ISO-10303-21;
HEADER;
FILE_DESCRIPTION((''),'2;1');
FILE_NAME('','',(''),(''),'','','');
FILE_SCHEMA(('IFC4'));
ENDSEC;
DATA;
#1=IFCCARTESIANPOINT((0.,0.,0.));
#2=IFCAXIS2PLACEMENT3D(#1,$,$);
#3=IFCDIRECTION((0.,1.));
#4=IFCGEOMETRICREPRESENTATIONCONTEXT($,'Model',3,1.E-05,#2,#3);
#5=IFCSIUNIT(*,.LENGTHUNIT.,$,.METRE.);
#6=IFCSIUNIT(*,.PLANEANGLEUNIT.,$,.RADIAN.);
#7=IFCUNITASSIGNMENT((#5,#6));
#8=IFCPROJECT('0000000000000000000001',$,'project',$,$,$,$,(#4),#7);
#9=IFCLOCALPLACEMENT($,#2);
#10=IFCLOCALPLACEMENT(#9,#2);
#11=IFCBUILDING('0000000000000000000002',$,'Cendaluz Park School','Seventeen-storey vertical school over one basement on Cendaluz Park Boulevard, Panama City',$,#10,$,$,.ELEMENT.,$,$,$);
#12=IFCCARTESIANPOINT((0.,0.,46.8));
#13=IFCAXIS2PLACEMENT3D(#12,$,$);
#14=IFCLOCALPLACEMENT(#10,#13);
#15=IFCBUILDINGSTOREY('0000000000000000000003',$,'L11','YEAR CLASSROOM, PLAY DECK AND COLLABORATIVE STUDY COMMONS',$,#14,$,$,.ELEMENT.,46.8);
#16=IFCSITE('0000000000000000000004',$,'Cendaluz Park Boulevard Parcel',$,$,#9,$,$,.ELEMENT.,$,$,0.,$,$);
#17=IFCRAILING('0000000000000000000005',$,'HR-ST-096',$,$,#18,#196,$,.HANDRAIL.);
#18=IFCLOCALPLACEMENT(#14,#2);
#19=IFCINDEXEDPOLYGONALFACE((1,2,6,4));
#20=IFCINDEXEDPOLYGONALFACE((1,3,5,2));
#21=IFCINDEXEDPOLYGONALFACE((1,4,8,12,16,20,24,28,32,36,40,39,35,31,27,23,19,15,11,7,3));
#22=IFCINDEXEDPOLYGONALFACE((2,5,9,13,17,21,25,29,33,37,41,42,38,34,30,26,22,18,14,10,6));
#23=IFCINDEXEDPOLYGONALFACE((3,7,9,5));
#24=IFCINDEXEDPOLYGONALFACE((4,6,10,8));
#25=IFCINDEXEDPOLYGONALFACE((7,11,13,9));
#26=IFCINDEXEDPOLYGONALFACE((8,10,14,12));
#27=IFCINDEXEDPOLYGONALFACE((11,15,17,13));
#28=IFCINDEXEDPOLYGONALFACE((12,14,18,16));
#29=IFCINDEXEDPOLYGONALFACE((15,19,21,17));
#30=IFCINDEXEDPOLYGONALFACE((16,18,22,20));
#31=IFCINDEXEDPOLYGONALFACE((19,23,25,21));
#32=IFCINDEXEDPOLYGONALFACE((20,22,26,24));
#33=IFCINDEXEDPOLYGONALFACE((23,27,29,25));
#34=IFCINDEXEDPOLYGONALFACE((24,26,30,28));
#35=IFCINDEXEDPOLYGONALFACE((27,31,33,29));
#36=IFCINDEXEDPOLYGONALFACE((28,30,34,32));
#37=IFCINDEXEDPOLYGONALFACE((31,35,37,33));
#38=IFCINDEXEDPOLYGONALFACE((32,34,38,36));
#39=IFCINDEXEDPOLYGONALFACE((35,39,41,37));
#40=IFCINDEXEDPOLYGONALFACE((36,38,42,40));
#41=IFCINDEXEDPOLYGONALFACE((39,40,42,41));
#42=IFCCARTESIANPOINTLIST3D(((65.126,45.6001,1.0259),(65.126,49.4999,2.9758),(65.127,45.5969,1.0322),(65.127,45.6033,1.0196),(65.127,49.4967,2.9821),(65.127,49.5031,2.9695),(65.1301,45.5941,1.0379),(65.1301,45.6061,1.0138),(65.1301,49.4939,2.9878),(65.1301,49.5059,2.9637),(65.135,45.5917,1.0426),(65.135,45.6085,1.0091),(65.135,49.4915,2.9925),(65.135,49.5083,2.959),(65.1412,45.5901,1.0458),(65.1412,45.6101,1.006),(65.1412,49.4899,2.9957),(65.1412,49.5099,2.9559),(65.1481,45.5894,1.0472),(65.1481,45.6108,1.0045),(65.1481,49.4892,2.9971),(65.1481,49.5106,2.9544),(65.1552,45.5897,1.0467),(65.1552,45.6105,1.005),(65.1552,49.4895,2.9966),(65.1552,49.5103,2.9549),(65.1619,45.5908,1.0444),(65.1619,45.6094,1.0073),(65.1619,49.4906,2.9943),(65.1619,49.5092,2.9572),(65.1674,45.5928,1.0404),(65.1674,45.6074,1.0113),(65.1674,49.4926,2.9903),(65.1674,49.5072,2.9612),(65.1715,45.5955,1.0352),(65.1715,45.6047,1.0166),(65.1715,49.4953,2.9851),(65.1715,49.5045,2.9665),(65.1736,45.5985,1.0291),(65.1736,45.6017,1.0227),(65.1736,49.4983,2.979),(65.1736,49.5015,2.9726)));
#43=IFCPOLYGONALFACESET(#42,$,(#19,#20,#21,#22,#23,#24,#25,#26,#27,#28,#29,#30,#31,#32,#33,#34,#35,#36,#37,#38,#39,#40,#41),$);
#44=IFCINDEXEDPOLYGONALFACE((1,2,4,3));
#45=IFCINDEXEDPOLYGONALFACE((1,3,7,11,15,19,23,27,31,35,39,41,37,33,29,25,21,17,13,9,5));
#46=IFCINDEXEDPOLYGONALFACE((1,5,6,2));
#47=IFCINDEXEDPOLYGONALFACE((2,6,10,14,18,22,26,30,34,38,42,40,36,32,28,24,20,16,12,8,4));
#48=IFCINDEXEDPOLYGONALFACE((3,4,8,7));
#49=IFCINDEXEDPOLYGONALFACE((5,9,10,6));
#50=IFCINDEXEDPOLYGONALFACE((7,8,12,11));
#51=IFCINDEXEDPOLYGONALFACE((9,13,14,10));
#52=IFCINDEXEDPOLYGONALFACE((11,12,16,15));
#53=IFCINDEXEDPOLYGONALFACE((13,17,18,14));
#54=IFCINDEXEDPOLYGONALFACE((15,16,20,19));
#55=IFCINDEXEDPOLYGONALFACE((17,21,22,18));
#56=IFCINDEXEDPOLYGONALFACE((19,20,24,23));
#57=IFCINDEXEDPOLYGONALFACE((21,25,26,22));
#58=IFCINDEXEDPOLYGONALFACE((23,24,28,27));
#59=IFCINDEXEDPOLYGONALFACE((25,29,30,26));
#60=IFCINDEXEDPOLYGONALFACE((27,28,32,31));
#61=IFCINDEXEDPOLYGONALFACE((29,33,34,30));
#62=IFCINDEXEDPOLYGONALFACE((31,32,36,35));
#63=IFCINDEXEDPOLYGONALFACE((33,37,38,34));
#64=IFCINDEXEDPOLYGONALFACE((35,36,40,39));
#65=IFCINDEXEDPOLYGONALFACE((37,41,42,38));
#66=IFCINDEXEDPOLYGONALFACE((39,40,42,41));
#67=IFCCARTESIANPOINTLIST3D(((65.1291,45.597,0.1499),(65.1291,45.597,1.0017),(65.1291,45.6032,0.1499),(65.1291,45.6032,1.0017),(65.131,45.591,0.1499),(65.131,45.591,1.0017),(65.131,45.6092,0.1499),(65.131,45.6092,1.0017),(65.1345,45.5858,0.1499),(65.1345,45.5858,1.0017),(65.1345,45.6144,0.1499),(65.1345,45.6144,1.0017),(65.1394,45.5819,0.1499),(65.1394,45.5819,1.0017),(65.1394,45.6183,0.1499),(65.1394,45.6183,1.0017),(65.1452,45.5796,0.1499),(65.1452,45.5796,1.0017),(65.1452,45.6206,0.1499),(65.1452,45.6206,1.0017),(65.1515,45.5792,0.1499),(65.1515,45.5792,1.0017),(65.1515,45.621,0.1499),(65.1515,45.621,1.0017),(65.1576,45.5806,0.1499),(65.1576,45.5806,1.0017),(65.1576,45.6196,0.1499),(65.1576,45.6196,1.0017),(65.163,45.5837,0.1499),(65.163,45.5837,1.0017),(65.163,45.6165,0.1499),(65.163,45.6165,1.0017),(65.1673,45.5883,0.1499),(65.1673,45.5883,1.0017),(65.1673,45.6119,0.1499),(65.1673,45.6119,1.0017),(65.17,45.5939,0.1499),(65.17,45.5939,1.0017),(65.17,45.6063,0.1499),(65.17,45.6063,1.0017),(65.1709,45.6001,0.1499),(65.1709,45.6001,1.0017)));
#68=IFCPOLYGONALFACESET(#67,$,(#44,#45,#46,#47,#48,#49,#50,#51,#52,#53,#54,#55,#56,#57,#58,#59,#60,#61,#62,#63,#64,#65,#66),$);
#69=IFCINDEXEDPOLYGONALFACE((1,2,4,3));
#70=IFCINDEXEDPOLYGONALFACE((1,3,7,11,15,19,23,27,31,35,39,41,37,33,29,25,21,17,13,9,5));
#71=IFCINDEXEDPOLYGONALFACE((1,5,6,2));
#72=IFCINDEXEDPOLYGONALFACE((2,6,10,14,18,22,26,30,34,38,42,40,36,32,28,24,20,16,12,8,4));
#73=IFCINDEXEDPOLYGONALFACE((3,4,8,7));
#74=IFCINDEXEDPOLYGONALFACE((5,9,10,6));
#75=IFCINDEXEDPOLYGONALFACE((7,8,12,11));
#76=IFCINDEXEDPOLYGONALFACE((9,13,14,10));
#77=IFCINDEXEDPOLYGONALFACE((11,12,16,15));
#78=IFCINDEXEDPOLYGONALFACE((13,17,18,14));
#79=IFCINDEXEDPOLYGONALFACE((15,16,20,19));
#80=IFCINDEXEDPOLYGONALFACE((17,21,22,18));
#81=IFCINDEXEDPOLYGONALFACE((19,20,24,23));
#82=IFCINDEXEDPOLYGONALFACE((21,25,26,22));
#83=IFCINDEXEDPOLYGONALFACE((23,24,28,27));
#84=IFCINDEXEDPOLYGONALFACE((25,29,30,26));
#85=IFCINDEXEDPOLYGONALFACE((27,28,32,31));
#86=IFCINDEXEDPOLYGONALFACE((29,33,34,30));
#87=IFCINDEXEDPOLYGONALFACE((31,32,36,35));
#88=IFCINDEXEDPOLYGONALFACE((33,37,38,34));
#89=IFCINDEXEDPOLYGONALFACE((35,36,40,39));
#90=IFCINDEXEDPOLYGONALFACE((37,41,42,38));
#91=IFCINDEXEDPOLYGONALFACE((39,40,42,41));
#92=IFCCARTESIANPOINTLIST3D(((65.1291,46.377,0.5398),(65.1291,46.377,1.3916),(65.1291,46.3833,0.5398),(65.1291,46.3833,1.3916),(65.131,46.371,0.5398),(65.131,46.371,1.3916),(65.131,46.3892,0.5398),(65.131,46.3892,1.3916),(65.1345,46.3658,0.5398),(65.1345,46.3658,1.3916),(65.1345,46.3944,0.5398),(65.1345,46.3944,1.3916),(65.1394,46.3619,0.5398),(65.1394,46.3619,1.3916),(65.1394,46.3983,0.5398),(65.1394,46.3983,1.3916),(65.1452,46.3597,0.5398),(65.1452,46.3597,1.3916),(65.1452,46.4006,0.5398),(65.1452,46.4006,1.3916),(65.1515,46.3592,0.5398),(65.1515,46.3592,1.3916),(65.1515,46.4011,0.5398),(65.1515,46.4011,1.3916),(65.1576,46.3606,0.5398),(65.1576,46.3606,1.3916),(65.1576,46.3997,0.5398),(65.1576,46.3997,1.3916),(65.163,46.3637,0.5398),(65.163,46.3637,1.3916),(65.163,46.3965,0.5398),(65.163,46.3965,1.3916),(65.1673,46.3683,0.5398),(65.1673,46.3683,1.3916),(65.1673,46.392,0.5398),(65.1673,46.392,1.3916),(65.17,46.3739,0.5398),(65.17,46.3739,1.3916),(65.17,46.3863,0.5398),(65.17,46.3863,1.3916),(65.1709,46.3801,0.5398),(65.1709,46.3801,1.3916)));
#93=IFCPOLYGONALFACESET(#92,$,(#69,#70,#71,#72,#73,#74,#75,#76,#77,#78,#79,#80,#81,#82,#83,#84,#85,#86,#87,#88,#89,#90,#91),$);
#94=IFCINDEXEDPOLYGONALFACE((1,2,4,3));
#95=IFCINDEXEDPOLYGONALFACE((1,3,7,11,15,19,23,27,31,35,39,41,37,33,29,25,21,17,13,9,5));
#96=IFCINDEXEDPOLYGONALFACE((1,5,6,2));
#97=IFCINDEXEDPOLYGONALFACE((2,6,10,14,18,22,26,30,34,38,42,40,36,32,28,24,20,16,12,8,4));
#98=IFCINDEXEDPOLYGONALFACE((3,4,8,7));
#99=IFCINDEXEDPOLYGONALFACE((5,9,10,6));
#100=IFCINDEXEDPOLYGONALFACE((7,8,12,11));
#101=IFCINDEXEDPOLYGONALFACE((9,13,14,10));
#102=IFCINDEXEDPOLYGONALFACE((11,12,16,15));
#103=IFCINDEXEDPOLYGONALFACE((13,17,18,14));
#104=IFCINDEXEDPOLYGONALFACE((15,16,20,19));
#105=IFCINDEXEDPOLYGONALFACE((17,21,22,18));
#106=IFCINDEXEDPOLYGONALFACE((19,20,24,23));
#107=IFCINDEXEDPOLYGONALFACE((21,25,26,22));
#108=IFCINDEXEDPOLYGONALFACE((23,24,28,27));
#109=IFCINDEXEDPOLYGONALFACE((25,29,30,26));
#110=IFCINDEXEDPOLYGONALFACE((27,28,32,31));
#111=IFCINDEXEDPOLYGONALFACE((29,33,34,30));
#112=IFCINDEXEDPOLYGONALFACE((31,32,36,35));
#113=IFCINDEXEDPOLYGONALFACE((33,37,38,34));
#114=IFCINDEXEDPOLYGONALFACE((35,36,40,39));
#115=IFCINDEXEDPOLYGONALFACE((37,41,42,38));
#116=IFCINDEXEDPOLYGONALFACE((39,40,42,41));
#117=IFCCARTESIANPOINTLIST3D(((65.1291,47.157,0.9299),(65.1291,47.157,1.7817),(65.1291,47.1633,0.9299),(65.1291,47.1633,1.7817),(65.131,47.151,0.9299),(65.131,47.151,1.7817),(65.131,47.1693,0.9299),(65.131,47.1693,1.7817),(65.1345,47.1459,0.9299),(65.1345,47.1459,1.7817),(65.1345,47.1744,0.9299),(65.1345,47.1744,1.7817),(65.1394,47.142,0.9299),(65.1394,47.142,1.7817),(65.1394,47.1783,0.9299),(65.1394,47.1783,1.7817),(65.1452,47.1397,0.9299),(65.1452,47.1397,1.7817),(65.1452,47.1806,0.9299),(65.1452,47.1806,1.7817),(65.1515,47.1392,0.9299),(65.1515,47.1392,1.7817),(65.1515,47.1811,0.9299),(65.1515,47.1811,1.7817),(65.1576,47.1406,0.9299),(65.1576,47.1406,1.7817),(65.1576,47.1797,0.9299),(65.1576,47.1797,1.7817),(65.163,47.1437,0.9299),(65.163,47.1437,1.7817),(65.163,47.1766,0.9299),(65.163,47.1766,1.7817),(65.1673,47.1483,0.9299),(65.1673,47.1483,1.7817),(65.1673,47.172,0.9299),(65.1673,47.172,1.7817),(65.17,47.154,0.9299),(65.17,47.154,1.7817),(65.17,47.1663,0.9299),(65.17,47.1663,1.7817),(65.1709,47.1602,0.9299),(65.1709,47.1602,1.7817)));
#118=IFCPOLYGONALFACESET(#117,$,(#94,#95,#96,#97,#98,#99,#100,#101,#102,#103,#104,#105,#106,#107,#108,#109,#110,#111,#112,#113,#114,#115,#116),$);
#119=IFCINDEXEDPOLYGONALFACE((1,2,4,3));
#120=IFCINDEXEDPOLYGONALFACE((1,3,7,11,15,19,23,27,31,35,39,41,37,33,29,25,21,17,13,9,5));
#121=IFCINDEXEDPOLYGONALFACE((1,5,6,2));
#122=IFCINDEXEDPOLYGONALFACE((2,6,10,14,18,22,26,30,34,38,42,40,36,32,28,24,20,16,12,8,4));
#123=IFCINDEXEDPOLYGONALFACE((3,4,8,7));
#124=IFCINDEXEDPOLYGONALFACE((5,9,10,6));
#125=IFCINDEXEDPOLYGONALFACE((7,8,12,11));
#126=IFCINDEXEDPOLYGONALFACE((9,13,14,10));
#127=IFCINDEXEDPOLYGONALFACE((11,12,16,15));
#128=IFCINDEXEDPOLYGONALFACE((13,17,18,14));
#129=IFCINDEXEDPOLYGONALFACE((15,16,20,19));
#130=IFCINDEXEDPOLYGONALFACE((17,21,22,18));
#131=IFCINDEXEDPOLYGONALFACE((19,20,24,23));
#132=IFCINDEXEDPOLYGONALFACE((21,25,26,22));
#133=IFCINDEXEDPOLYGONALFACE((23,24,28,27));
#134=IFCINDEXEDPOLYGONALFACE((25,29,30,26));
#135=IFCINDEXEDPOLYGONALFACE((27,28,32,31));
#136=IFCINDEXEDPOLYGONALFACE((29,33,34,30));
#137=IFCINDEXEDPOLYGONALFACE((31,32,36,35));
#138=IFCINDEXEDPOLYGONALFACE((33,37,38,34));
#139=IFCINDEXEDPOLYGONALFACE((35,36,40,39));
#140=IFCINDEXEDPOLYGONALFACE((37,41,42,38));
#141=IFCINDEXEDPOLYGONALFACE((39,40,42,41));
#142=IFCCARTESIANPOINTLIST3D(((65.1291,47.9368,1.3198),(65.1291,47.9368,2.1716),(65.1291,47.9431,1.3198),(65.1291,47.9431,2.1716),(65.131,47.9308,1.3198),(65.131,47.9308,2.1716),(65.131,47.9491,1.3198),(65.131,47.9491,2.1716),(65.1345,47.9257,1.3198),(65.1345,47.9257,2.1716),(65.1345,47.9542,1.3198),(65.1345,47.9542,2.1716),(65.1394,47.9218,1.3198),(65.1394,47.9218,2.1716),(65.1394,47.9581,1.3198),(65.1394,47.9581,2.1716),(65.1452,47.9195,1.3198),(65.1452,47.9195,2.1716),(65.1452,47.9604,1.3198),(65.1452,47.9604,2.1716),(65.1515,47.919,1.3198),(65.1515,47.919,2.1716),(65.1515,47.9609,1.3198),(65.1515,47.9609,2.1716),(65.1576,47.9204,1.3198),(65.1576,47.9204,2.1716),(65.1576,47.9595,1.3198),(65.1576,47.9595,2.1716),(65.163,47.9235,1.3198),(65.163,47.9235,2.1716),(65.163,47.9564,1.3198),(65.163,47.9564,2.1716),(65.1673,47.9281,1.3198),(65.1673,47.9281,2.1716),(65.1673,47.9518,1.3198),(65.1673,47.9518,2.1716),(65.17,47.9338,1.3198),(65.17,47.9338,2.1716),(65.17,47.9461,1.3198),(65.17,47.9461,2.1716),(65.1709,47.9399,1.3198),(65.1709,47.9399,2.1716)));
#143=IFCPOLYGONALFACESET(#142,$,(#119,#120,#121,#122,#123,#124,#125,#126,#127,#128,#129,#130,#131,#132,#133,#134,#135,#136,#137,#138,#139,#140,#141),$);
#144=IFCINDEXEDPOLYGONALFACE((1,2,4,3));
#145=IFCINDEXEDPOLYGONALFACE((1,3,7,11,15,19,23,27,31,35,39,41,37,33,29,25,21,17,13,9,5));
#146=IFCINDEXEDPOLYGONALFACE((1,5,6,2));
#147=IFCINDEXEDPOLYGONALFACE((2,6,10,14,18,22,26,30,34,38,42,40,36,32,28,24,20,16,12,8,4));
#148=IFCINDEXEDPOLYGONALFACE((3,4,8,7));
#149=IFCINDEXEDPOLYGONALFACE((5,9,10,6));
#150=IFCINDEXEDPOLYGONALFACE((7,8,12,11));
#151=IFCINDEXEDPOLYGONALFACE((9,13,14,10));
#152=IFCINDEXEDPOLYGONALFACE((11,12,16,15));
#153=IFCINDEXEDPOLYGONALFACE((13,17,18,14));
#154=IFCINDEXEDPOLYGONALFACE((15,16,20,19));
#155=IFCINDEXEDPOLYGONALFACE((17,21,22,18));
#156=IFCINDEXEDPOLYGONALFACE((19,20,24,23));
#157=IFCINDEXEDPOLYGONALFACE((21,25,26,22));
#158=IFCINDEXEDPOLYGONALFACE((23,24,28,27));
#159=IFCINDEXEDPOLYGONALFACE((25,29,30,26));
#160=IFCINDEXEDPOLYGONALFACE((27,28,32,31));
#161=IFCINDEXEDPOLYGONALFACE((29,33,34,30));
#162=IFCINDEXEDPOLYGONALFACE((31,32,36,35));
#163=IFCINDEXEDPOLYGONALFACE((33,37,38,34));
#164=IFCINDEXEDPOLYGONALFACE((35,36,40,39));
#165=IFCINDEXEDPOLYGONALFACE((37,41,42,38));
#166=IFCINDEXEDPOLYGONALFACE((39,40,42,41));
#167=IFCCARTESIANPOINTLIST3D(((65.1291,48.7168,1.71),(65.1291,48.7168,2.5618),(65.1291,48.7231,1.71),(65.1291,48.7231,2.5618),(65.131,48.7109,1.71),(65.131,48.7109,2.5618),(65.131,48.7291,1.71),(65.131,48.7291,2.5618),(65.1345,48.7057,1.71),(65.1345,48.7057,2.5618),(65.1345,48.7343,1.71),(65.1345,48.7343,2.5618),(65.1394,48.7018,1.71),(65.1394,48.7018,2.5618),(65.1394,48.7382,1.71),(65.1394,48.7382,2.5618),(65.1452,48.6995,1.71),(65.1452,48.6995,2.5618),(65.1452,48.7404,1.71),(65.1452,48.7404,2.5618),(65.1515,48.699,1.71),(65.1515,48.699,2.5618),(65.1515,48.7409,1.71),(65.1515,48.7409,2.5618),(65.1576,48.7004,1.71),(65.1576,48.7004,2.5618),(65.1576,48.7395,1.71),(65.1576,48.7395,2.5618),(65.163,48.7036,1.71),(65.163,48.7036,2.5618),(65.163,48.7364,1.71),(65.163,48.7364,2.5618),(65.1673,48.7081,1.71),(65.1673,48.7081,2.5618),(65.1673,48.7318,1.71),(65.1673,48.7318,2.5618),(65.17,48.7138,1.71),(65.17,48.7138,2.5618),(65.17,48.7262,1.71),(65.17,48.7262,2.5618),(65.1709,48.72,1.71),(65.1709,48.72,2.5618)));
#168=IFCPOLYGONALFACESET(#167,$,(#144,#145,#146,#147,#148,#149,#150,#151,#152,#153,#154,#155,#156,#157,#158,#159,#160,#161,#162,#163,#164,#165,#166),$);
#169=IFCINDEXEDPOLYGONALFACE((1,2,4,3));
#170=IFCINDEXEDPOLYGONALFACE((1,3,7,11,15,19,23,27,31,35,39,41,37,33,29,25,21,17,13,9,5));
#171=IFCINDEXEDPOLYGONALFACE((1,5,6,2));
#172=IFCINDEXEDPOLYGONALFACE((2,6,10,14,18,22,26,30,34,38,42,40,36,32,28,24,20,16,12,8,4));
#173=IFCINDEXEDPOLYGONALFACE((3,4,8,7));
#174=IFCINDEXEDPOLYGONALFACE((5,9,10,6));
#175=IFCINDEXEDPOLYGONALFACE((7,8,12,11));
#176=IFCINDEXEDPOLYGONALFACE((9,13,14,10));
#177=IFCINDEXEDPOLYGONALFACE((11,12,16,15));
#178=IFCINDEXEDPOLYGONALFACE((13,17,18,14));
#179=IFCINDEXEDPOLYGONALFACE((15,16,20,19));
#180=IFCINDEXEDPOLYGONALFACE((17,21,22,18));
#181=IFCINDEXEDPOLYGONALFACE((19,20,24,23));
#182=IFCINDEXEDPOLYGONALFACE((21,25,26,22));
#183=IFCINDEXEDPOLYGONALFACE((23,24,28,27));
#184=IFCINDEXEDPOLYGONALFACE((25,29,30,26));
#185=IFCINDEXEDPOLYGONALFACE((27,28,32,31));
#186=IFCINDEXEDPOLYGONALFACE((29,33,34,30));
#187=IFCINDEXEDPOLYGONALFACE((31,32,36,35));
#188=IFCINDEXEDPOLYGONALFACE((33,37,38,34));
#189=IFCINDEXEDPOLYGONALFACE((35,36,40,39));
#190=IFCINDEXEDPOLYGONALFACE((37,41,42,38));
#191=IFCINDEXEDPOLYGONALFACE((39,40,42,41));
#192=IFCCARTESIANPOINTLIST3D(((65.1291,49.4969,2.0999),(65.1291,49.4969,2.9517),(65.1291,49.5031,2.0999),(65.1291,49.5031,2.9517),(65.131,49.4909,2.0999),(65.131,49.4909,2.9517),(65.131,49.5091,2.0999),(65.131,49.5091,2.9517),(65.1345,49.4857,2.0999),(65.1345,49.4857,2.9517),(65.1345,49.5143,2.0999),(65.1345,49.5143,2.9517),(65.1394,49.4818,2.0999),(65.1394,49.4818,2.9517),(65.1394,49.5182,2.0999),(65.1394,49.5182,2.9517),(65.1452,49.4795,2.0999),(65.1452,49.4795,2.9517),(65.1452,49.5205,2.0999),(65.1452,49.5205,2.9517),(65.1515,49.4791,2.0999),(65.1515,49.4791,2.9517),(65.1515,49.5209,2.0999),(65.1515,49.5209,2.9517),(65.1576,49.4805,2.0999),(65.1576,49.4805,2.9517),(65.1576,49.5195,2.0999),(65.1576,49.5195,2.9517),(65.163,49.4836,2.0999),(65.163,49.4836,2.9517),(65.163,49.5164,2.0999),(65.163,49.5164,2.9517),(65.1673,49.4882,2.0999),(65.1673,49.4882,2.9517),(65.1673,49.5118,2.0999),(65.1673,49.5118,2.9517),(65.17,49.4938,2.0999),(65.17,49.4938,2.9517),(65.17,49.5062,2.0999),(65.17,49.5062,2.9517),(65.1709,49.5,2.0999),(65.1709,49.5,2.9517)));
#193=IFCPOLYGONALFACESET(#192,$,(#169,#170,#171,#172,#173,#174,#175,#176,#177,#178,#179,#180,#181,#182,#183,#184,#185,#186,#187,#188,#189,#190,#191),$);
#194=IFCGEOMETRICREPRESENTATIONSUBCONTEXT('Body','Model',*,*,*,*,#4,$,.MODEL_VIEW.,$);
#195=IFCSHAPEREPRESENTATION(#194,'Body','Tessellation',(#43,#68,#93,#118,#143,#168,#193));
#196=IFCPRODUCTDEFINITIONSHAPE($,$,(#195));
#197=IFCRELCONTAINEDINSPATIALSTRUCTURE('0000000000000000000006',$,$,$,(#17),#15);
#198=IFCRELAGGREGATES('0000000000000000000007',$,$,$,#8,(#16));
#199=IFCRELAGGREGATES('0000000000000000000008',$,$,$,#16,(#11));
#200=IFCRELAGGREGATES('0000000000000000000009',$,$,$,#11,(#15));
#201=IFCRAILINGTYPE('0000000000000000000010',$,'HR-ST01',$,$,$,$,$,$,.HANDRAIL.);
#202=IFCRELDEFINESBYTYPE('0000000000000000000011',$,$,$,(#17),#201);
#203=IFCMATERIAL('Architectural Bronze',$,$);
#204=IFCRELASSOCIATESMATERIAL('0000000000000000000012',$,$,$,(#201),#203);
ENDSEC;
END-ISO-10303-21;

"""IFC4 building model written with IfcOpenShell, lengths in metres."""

from ifc_helpers import new_model, si_unit, direction, frame, origin, origin_2d, place, context, subcontext, project, spatial, circle, extrude, material, type_object, element, save


model = new_model("IFC4")

# Units and contexts
model_context = context("Model", 3, precision=1e-05, world=origin(), true_north=direction((0.0, 1.0)))
body_context = subcontext(model_context, "Body", "Model", "MODEL_VIEW")
ifc_project = project(units=[si_unit("LENGTHUNIT", "METRE"), si_unit("PLANEANGLEUNIT", "RADIAN")], contexts=[model_context])

# Site, building, storey
site_placement = place(None, origin())
site = spatial("IfcSite", under=ifc_project, at=site_placement, Name="Cendaluz Park Boulevard Parcel", CompositionType="ELEMENT", RefElevation=0.0)
building_placement = place(site_placement, origin())
building = spatial("IfcBuilding", under=site, at=building_placement, Name="Cendaluz Park School", Description="Seventeen-storey vertical school over one basement on Cendaluz Park Boulevard, Panama City", CompositionType="ELEMENT")
storey_placement = place(building_placement, frame((0.0, 0.0, 46.8)))
storey = spatial("IfcBuildingStorey", under=building, at=storey_placement, Name="L11", Description="YEAR CLASSROOM, PLAY DECK AND COLLABORATIVE STUDY COMMONS", CompositionType="ELEMENT", Elevation=46.8)

# Railing
ifc_material_1 = material(Name="Architectural Bronze")
railing_type_1 = type_object("IfcRailingType", Name="HR-ST01", PredefinedType="HANDRAIL", material=ifc_material_1)
railing_1_placement = place(storey_placement, frame((65.1499, 45.6001, 0.1499)))
element("IfcRailing", 1, at=railing_1_placement, inside=storey, type_object=railing_type_1, Name="HR-ST-096", PredefinedType="HANDRAIL", context=body_context, shape_type="SweptSolid", body=[
    extrude(circle(Radius=0.0239, at=origin_2d()), frame((0.0, 0.0, 0.876), z_axis=(0.0, 0.894427, 0.447214), x_axis=(-1.0, 0.0, 0.0)), (0.0, 0.0, 1.0), 4.3601),
    extrude(circle(Radius=0.021, at=origin_2d()), origin(), (0.0, 0.0, 1.0), 0.8518),
    extrude(circle(Radius=0.021, at=origin_2d()), frame((0.0, 0.78, 0.3899)), (0.0, 0.0, 1.0), 0.8518),
    extrude(circle(Radius=0.021, at=origin_2d()), frame((0.0, 1.5601, 0.78)), (0.0, 0.0, 1.0), 0.8518),
    extrude(circle(Radius=0.021, at=origin_2d()), frame((0.0, 2.3398, 1.1699)), (0.0, 0.0, 1.0), 0.8518),
    extrude(circle(Radius=0.021, at=origin_2d()), frame((0.0, 3.1199, 1.5601)), (0.0, 0.0, 1.0), 0.8518),
    extrude(circle(Radius=0.021, at=origin_2d()), frame((0.0, 3.8999, 1.95)), (0.0, 0.0, 1.0), 0.8518),
])

save(model, "model.ifc")
